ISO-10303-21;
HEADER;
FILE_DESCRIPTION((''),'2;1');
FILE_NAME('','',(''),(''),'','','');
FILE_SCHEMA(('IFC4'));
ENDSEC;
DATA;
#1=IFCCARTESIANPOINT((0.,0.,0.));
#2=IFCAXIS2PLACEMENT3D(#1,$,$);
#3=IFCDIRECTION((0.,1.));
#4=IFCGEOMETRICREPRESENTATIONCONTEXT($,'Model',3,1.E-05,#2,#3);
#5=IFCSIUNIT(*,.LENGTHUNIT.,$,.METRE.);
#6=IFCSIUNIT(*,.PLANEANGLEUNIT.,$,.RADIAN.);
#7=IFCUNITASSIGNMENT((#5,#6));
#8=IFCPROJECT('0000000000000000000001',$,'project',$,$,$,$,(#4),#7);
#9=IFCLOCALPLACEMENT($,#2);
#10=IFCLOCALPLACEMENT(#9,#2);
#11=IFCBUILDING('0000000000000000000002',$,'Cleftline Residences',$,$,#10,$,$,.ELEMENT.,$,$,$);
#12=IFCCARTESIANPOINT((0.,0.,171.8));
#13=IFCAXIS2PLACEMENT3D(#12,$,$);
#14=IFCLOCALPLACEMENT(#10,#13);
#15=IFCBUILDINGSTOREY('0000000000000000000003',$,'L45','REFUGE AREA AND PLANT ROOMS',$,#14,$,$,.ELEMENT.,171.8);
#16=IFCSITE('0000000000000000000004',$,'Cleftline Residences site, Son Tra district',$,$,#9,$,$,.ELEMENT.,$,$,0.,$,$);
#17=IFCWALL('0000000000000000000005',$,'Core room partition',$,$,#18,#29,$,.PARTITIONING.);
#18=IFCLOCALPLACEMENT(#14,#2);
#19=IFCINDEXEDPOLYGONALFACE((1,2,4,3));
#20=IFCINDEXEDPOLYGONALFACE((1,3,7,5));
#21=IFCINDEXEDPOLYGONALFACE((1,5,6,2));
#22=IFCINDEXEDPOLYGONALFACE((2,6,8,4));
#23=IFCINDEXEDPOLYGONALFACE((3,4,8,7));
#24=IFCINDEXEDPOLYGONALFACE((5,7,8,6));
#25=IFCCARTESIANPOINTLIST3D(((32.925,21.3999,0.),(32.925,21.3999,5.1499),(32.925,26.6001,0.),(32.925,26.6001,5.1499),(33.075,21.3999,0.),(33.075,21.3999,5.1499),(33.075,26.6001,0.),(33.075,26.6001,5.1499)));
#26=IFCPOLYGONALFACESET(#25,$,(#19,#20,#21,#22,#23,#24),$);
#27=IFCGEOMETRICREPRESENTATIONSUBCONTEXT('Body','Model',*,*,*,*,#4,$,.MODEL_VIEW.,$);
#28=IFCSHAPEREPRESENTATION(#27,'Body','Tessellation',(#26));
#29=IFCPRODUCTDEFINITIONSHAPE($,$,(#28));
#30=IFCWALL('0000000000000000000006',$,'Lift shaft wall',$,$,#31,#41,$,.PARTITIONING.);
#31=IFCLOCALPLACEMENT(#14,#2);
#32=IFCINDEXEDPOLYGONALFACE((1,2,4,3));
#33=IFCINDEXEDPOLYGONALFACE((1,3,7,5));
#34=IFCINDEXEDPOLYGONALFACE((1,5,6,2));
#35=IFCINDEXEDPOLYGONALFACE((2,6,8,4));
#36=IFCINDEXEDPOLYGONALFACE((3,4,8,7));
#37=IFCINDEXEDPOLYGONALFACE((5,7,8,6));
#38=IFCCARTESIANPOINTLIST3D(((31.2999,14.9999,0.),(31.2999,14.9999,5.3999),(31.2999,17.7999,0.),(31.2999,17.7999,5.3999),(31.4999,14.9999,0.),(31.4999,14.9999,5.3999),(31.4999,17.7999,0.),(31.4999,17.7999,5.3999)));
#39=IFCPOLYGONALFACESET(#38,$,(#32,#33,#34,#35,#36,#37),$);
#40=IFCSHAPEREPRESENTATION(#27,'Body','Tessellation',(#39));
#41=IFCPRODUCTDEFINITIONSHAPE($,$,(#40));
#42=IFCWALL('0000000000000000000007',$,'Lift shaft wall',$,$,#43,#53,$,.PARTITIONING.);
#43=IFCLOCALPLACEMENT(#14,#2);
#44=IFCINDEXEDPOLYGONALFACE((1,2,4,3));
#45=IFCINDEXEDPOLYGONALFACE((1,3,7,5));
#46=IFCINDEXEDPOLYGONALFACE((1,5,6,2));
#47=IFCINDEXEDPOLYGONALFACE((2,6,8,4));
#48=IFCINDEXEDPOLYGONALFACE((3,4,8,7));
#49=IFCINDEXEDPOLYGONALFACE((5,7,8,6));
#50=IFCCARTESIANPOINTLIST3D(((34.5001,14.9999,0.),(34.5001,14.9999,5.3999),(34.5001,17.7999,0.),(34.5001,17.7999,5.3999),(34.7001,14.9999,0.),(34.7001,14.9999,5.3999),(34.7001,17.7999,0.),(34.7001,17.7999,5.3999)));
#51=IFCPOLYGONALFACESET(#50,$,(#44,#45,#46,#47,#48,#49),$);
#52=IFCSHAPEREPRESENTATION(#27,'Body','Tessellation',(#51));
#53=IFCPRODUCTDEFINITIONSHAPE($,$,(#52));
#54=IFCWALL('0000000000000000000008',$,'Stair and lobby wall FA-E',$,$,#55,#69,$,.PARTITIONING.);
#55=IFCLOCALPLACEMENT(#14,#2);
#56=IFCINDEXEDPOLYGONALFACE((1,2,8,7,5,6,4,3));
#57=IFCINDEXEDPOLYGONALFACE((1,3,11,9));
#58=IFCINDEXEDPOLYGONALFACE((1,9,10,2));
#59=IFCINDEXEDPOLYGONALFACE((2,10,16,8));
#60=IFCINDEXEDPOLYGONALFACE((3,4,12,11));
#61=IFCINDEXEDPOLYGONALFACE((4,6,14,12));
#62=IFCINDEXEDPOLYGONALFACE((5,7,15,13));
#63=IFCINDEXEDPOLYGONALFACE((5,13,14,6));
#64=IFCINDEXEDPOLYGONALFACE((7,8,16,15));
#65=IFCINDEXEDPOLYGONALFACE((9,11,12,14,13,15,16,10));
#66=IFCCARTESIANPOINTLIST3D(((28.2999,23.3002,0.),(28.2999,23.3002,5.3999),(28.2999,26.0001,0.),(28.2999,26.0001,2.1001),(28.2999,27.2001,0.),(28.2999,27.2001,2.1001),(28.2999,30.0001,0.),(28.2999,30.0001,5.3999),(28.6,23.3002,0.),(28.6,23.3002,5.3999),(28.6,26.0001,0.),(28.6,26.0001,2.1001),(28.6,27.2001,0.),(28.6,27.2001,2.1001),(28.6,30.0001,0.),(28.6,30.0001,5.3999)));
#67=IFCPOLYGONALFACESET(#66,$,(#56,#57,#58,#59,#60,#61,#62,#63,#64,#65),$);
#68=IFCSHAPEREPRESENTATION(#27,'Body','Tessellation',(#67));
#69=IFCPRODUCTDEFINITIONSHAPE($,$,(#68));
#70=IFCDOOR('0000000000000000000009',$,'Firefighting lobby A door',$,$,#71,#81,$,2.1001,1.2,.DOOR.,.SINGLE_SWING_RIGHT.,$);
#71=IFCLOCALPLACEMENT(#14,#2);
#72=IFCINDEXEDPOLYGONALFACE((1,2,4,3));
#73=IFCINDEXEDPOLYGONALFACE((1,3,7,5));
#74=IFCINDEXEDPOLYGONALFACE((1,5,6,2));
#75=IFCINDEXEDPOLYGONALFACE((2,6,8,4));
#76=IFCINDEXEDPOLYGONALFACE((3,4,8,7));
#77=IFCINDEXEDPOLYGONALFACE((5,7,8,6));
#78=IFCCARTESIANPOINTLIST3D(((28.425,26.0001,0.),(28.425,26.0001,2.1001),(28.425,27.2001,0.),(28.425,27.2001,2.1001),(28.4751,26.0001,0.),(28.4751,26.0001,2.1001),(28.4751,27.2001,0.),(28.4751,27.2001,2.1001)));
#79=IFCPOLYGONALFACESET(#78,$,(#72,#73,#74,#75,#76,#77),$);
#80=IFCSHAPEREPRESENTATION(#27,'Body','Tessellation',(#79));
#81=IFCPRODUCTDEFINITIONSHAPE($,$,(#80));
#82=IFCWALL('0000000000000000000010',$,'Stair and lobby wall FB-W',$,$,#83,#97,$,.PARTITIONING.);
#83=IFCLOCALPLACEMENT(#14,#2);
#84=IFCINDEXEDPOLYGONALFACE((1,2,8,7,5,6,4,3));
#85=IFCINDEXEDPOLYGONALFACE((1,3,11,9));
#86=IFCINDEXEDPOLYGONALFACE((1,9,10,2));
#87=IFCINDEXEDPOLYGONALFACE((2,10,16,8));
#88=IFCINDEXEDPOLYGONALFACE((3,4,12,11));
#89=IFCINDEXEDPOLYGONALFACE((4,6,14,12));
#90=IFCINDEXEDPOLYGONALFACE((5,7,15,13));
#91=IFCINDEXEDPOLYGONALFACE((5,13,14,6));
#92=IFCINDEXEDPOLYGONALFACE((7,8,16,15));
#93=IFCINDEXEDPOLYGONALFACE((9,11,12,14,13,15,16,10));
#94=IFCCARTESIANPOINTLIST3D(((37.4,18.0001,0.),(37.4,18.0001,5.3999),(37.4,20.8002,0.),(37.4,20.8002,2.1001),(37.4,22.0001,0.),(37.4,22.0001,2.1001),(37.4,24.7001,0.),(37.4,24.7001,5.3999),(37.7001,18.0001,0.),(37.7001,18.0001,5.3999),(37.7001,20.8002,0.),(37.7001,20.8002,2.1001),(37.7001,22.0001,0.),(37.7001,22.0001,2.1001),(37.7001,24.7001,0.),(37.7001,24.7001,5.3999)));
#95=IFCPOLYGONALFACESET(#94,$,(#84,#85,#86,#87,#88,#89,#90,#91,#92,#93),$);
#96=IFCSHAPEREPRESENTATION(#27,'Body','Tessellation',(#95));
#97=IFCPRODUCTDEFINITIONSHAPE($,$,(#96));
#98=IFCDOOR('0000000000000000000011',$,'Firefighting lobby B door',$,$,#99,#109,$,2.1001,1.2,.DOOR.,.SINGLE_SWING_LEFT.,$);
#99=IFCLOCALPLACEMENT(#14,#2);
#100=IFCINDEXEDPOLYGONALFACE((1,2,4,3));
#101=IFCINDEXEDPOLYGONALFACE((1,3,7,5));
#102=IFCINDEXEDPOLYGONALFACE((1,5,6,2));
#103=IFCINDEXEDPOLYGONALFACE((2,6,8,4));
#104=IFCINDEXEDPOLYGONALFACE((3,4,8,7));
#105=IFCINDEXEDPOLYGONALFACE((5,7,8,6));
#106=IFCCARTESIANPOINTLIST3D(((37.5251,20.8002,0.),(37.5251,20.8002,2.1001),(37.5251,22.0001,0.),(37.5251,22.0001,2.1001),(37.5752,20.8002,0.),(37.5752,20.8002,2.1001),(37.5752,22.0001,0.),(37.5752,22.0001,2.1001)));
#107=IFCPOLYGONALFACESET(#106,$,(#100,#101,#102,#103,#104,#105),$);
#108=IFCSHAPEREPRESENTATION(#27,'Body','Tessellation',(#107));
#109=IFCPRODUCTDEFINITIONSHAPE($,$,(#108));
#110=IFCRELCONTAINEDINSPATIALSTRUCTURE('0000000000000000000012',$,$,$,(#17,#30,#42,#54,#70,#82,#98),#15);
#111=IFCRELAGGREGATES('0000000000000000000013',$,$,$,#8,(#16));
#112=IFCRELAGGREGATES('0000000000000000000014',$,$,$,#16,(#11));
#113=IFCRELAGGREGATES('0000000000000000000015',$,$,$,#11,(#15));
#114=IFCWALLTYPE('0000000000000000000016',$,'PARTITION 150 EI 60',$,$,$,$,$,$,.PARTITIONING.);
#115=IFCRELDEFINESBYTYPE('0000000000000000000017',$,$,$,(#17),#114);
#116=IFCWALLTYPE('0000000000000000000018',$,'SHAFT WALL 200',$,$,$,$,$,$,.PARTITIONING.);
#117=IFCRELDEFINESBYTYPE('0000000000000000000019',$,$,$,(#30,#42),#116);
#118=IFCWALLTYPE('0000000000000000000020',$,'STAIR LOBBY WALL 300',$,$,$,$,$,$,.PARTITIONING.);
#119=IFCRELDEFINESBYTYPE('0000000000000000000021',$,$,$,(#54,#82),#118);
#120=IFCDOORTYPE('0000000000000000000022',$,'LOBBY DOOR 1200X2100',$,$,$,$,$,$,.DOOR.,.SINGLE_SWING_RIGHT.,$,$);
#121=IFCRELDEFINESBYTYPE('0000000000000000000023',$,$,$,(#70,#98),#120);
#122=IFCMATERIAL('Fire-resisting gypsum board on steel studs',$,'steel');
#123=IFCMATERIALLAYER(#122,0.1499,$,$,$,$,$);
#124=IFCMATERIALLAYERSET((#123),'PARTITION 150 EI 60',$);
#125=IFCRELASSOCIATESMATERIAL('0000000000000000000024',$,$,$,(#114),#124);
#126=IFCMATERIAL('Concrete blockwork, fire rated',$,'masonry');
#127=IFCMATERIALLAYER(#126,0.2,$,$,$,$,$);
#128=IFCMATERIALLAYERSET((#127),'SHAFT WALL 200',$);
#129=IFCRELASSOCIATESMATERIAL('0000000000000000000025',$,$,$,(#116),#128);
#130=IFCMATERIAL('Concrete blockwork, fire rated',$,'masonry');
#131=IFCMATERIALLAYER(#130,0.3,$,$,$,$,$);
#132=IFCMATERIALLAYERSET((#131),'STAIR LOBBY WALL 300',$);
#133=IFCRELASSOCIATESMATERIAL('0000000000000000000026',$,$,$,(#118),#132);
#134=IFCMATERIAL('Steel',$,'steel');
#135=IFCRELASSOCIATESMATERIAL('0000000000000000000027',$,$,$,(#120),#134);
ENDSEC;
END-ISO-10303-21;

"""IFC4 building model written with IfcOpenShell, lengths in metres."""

from ifc_helpers import new_model, si_unit, direction, frame, frame_2d, origin, place, context, subcontext, project, spatial, rectangle, extrude, material, layer, layer_set, type_object, element, fill, save


model = new_model("IFC4")

# Units and contexts
model_context = context("Model", 3, precision=1e-05, world=origin(), true_north=direction((0.0, 1.0)))
body_context = subcontext(model_context, "Body", "Model", "MODEL_VIEW")
ifc_project = project(units=[si_unit("LENGTHUNIT", "METRE"), si_unit("PLANEANGLEUNIT", "RADIAN")], contexts=[model_context])

# Site, building, storey
site_placement = place(None, origin())
site = spatial("IfcSite", under=ifc_project, at=site_placement, Name="Cleftline Residences site, Son Tra district", CompositionType="ELEMENT", RefElevation=0.0)
building_placement = place(site_placement, origin())
building = spatial("IfcBuilding", under=site, at=building_placement, Name="Cleftline Residences", CompositionType="ELEMENT")
storey_placement = place(building_placement, frame((0.0, 0.0, 171.8)))
storey = spatial("IfcBuildingStorey", under=building, at=storey_placement, Name="L45", Description="REFUGE AREA AND PLANT ROOMS", CompositionType="ELEMENT", Elevation=171.8)

# Shared definitions
ifc_material_1 = material(Name="Fire-resisting gypsum board on steel studs", Category="steel")
ifc_layer_1 = layer(ifc_material_1, 0.1499)
ifc_layer_set_1 = layer_set([ifc_layer_1], Name="PARTITION 150 EI 60")
wall_type_1 = type_object("IfcWallType", Name="PARTITION 150 EI 60", PredefinedType="PARTITIONING", material=ifc_layer_set_1)

# Walls
wall_1_placement = place(storey_placement, frame((33.0, 21.3999, 0.0), z_axis=(0.0, 0.0, 1.0), x_axis=(0.0, 1.0, 0.0)))
element("IfcWall", 1, at=wall_1_placement, inside=storey, type_object=wall_type_1, Name="Core room partition", PredefinedType="PARTITIONING", context=body_context, shape_type="SweptSolid", body=[
    extrude(rectangle(XDim=5.2002, YDim=0.1499, at=frame_2d((2.6001, 0.0))), origin(), (0.0, 0.0, 1.0), 5.1499),
])
ifc_material_2 = material(Name="Concrete blockwork, fire rated", Category="masonry")
ifc_layer_2 = layer(ifc_material_2, 0.2)
ifc_layer_set_2 = layer_set([ifc_layer_2], Name="SHAFT WALL 200")
wall_type_2 = type_object("IfcWallType", Name="SHAFT WALL 200", PredefinedType="PARTITIONING", material=ifc_layer_set_2)
for number, where, z_axis, x_axis, name in (
    (2, (31.3999, 15.0, 0.0), (0.0, 0.0, 1.0), (0.0, 1.0, 0.0), "Lift shaft wall"),
    (3, (34.6001, 15.0, 0.0), (0.0, 0.0, 1.0), (0.0, 1.0, 0.0), "Lift shaft wall"),
):
    element("IfcWall", number, at=place(storey_placement, frame(where, z_axis=z_axis, x_axis=x_axis)), inside=storey, type_object=wall_type_2, Name=name, PredefinedType="PARTITIONING", context=body_context, shape_type="SweptSolid", body=[
        extrude(rectangle(XDim=2.8, YDim=0.2, at=frame_2d((1.3999, 0.0))), origin(), (0.0, 0.0, 1.0), 5.3999),
    ])

# Walls, openings, doors
ifc_material_3 = material(Name="Concrete blockwork, fire rated", Category="masonry")
ifc_layer_3 = layer(ifc_material_3, 0.3)
ifc_layer_set_3 = layer_set([ifc_layer_3], Name="STAIR LOBBY WALL 300")
wall_type_3 = type_object("IfcWallType", Name="STAIR LOBBY WALL 300", PredefinedType="PARTITIONING", material=ifc_layer_set_3)
wall_2_placement = place(storey_placement, frame((28.45, 23.3, 0.0), z_axis=(0.0, 0.0, 1.0), x_axis=(0.0, 1.0, 0.0)))
wall_2 = element("IfcWall", 4, at=wall_2_placement, inside=storey, type_object=wall_type_3, Name="Stair and lobby wall FA-E", PredefinedType="PARTITIONING", context=body_context, shape_type="SweptSolid", body=[
    extrude(rectangle(XDim=6.7, YDim=0.3, at=frame_2d((3.3501, 0.0))), origin(), (0.0, 0.0, 1.0), 5.3999),
])
opening_1_placement = place(wall_2_placement, frame((2.7, 0.0, 0.0)))
opening_1 = element("IfcOpeningElement", 5, at=opening_1_placement, cuts=wall_2, PredefinedType="OPENING", context=body_context, shape_type="SweptSolid", body=[
    extrude(rectangle(XDim=1.2, YDim=2.1001, at=frame_2d((0.6001, 1.05))), frame((0.0, 0.1599, 0.0), z_axis=(0.0, -1.0, 0.0), x_axis=(1.0, 0.0, 0.0)), (0.0, 0.0, 1.0), 0.3201),
])
ifc_material_4 = material(Name="Steel", Category="steel")
door_type_1 = type_object("IfcDoorType", Name="LOBBY DOOR 1200X2100", OperationType="SINGLE_SWING_RIGHT", PredefinedType="DOOR", material=ifc_material_4)
door_1_placement = place(opening_1_placement, origin())
door_1 = element("IfcDoor", 6, at=door_1_placement, inside=storey, type_object=door_type_1, Name="Firefighting lobby A door", OperationType="SINGLE_SWING_RIGHT", OverallHeight=2.1001, OverallWidth=1.2, PredefinedType="DOOR", context=body_context, shape_type="SweptSolid", body=[
    extrude(rectangle(XDim=1.2, YDim=2.1001, at=frame_2d((0.6001, 1.05))), frame((0.0, 0.0249, 0.0), z_axis=(0.0, -1.0, 0.0), x_axis=(1.0, 0.0, 0.0)), (0.0, 0.0, 1.0), 0.05),
])
fill(opening_1, door_1)
wall_3_placement = place(storey_placement, frame((37.55, 18.0, 0.0), z_axis=(0.0, 0.0, 1.0), x_axis=(0.0, 1.0, 0.0)))
wall_3 = element("IfcWall", 7, at=wall_3_placement, inside=storey, type_object=wall_type_3, Name="Stair and lobby wall FB-W", PredefinedType="PARTITIONING", context=body_context, shape_type="SweptSolid", body=[
    extrude(rectangle(XDim=6.7, YDim=0.3, at=frame_2d((3.3501, 0.0))), origin(), (0.0, 0.0, 1.0), 5.3999),
])
opening_2_placement = place(wall_3_placement, frame((2.8, 0.0, 0.0)))
opening_2 = element("IfcOpeningElement", 8, at=opening_2_placement, cuts=wall_3, PredefinedType="OPENING", context=body_context, shape_type="SweptSolid", body=[
    extrude(rectangle(XDim=1.2, YDim=2.1001, at=frame_2d((0.6001, 1.05))), frame((0.0, 0.1599, 0.0), z_axis=(0.0, -1.0, 0.0), x_axis=(1.0, 0.0, 0.0)), (0.0, 0.0, 1.0), 0.3201),
])
door_2_placement = place(opening_2_placement, origin())
door_2 = element("IfcDoor", 9, at=door_2_placement, inside=storey, type_object=door_type_1, Name="Firefighting lobby B door", OperationType="SINGLE_SWING_LEFT", OverallHeight=2.1001, OverallWidth=1.2, PredefinedType="DOOR", context=body_context, shape_type="SweptSolid", body=[
    extrude(rectangle(XDim=1.2, YDim=2.1001, at=frame_2d((0.6001, 1.05))), frame((0.0, 0.0249, 0.0), z_axis=(0.0, -1.0, 0.0), x_axis=(1.0, 0.0, 0.0)), (0.0, 0.0, 1.0), 0.05),
])
fill(opening_2, door_2)

save(model, "model.ifc")
